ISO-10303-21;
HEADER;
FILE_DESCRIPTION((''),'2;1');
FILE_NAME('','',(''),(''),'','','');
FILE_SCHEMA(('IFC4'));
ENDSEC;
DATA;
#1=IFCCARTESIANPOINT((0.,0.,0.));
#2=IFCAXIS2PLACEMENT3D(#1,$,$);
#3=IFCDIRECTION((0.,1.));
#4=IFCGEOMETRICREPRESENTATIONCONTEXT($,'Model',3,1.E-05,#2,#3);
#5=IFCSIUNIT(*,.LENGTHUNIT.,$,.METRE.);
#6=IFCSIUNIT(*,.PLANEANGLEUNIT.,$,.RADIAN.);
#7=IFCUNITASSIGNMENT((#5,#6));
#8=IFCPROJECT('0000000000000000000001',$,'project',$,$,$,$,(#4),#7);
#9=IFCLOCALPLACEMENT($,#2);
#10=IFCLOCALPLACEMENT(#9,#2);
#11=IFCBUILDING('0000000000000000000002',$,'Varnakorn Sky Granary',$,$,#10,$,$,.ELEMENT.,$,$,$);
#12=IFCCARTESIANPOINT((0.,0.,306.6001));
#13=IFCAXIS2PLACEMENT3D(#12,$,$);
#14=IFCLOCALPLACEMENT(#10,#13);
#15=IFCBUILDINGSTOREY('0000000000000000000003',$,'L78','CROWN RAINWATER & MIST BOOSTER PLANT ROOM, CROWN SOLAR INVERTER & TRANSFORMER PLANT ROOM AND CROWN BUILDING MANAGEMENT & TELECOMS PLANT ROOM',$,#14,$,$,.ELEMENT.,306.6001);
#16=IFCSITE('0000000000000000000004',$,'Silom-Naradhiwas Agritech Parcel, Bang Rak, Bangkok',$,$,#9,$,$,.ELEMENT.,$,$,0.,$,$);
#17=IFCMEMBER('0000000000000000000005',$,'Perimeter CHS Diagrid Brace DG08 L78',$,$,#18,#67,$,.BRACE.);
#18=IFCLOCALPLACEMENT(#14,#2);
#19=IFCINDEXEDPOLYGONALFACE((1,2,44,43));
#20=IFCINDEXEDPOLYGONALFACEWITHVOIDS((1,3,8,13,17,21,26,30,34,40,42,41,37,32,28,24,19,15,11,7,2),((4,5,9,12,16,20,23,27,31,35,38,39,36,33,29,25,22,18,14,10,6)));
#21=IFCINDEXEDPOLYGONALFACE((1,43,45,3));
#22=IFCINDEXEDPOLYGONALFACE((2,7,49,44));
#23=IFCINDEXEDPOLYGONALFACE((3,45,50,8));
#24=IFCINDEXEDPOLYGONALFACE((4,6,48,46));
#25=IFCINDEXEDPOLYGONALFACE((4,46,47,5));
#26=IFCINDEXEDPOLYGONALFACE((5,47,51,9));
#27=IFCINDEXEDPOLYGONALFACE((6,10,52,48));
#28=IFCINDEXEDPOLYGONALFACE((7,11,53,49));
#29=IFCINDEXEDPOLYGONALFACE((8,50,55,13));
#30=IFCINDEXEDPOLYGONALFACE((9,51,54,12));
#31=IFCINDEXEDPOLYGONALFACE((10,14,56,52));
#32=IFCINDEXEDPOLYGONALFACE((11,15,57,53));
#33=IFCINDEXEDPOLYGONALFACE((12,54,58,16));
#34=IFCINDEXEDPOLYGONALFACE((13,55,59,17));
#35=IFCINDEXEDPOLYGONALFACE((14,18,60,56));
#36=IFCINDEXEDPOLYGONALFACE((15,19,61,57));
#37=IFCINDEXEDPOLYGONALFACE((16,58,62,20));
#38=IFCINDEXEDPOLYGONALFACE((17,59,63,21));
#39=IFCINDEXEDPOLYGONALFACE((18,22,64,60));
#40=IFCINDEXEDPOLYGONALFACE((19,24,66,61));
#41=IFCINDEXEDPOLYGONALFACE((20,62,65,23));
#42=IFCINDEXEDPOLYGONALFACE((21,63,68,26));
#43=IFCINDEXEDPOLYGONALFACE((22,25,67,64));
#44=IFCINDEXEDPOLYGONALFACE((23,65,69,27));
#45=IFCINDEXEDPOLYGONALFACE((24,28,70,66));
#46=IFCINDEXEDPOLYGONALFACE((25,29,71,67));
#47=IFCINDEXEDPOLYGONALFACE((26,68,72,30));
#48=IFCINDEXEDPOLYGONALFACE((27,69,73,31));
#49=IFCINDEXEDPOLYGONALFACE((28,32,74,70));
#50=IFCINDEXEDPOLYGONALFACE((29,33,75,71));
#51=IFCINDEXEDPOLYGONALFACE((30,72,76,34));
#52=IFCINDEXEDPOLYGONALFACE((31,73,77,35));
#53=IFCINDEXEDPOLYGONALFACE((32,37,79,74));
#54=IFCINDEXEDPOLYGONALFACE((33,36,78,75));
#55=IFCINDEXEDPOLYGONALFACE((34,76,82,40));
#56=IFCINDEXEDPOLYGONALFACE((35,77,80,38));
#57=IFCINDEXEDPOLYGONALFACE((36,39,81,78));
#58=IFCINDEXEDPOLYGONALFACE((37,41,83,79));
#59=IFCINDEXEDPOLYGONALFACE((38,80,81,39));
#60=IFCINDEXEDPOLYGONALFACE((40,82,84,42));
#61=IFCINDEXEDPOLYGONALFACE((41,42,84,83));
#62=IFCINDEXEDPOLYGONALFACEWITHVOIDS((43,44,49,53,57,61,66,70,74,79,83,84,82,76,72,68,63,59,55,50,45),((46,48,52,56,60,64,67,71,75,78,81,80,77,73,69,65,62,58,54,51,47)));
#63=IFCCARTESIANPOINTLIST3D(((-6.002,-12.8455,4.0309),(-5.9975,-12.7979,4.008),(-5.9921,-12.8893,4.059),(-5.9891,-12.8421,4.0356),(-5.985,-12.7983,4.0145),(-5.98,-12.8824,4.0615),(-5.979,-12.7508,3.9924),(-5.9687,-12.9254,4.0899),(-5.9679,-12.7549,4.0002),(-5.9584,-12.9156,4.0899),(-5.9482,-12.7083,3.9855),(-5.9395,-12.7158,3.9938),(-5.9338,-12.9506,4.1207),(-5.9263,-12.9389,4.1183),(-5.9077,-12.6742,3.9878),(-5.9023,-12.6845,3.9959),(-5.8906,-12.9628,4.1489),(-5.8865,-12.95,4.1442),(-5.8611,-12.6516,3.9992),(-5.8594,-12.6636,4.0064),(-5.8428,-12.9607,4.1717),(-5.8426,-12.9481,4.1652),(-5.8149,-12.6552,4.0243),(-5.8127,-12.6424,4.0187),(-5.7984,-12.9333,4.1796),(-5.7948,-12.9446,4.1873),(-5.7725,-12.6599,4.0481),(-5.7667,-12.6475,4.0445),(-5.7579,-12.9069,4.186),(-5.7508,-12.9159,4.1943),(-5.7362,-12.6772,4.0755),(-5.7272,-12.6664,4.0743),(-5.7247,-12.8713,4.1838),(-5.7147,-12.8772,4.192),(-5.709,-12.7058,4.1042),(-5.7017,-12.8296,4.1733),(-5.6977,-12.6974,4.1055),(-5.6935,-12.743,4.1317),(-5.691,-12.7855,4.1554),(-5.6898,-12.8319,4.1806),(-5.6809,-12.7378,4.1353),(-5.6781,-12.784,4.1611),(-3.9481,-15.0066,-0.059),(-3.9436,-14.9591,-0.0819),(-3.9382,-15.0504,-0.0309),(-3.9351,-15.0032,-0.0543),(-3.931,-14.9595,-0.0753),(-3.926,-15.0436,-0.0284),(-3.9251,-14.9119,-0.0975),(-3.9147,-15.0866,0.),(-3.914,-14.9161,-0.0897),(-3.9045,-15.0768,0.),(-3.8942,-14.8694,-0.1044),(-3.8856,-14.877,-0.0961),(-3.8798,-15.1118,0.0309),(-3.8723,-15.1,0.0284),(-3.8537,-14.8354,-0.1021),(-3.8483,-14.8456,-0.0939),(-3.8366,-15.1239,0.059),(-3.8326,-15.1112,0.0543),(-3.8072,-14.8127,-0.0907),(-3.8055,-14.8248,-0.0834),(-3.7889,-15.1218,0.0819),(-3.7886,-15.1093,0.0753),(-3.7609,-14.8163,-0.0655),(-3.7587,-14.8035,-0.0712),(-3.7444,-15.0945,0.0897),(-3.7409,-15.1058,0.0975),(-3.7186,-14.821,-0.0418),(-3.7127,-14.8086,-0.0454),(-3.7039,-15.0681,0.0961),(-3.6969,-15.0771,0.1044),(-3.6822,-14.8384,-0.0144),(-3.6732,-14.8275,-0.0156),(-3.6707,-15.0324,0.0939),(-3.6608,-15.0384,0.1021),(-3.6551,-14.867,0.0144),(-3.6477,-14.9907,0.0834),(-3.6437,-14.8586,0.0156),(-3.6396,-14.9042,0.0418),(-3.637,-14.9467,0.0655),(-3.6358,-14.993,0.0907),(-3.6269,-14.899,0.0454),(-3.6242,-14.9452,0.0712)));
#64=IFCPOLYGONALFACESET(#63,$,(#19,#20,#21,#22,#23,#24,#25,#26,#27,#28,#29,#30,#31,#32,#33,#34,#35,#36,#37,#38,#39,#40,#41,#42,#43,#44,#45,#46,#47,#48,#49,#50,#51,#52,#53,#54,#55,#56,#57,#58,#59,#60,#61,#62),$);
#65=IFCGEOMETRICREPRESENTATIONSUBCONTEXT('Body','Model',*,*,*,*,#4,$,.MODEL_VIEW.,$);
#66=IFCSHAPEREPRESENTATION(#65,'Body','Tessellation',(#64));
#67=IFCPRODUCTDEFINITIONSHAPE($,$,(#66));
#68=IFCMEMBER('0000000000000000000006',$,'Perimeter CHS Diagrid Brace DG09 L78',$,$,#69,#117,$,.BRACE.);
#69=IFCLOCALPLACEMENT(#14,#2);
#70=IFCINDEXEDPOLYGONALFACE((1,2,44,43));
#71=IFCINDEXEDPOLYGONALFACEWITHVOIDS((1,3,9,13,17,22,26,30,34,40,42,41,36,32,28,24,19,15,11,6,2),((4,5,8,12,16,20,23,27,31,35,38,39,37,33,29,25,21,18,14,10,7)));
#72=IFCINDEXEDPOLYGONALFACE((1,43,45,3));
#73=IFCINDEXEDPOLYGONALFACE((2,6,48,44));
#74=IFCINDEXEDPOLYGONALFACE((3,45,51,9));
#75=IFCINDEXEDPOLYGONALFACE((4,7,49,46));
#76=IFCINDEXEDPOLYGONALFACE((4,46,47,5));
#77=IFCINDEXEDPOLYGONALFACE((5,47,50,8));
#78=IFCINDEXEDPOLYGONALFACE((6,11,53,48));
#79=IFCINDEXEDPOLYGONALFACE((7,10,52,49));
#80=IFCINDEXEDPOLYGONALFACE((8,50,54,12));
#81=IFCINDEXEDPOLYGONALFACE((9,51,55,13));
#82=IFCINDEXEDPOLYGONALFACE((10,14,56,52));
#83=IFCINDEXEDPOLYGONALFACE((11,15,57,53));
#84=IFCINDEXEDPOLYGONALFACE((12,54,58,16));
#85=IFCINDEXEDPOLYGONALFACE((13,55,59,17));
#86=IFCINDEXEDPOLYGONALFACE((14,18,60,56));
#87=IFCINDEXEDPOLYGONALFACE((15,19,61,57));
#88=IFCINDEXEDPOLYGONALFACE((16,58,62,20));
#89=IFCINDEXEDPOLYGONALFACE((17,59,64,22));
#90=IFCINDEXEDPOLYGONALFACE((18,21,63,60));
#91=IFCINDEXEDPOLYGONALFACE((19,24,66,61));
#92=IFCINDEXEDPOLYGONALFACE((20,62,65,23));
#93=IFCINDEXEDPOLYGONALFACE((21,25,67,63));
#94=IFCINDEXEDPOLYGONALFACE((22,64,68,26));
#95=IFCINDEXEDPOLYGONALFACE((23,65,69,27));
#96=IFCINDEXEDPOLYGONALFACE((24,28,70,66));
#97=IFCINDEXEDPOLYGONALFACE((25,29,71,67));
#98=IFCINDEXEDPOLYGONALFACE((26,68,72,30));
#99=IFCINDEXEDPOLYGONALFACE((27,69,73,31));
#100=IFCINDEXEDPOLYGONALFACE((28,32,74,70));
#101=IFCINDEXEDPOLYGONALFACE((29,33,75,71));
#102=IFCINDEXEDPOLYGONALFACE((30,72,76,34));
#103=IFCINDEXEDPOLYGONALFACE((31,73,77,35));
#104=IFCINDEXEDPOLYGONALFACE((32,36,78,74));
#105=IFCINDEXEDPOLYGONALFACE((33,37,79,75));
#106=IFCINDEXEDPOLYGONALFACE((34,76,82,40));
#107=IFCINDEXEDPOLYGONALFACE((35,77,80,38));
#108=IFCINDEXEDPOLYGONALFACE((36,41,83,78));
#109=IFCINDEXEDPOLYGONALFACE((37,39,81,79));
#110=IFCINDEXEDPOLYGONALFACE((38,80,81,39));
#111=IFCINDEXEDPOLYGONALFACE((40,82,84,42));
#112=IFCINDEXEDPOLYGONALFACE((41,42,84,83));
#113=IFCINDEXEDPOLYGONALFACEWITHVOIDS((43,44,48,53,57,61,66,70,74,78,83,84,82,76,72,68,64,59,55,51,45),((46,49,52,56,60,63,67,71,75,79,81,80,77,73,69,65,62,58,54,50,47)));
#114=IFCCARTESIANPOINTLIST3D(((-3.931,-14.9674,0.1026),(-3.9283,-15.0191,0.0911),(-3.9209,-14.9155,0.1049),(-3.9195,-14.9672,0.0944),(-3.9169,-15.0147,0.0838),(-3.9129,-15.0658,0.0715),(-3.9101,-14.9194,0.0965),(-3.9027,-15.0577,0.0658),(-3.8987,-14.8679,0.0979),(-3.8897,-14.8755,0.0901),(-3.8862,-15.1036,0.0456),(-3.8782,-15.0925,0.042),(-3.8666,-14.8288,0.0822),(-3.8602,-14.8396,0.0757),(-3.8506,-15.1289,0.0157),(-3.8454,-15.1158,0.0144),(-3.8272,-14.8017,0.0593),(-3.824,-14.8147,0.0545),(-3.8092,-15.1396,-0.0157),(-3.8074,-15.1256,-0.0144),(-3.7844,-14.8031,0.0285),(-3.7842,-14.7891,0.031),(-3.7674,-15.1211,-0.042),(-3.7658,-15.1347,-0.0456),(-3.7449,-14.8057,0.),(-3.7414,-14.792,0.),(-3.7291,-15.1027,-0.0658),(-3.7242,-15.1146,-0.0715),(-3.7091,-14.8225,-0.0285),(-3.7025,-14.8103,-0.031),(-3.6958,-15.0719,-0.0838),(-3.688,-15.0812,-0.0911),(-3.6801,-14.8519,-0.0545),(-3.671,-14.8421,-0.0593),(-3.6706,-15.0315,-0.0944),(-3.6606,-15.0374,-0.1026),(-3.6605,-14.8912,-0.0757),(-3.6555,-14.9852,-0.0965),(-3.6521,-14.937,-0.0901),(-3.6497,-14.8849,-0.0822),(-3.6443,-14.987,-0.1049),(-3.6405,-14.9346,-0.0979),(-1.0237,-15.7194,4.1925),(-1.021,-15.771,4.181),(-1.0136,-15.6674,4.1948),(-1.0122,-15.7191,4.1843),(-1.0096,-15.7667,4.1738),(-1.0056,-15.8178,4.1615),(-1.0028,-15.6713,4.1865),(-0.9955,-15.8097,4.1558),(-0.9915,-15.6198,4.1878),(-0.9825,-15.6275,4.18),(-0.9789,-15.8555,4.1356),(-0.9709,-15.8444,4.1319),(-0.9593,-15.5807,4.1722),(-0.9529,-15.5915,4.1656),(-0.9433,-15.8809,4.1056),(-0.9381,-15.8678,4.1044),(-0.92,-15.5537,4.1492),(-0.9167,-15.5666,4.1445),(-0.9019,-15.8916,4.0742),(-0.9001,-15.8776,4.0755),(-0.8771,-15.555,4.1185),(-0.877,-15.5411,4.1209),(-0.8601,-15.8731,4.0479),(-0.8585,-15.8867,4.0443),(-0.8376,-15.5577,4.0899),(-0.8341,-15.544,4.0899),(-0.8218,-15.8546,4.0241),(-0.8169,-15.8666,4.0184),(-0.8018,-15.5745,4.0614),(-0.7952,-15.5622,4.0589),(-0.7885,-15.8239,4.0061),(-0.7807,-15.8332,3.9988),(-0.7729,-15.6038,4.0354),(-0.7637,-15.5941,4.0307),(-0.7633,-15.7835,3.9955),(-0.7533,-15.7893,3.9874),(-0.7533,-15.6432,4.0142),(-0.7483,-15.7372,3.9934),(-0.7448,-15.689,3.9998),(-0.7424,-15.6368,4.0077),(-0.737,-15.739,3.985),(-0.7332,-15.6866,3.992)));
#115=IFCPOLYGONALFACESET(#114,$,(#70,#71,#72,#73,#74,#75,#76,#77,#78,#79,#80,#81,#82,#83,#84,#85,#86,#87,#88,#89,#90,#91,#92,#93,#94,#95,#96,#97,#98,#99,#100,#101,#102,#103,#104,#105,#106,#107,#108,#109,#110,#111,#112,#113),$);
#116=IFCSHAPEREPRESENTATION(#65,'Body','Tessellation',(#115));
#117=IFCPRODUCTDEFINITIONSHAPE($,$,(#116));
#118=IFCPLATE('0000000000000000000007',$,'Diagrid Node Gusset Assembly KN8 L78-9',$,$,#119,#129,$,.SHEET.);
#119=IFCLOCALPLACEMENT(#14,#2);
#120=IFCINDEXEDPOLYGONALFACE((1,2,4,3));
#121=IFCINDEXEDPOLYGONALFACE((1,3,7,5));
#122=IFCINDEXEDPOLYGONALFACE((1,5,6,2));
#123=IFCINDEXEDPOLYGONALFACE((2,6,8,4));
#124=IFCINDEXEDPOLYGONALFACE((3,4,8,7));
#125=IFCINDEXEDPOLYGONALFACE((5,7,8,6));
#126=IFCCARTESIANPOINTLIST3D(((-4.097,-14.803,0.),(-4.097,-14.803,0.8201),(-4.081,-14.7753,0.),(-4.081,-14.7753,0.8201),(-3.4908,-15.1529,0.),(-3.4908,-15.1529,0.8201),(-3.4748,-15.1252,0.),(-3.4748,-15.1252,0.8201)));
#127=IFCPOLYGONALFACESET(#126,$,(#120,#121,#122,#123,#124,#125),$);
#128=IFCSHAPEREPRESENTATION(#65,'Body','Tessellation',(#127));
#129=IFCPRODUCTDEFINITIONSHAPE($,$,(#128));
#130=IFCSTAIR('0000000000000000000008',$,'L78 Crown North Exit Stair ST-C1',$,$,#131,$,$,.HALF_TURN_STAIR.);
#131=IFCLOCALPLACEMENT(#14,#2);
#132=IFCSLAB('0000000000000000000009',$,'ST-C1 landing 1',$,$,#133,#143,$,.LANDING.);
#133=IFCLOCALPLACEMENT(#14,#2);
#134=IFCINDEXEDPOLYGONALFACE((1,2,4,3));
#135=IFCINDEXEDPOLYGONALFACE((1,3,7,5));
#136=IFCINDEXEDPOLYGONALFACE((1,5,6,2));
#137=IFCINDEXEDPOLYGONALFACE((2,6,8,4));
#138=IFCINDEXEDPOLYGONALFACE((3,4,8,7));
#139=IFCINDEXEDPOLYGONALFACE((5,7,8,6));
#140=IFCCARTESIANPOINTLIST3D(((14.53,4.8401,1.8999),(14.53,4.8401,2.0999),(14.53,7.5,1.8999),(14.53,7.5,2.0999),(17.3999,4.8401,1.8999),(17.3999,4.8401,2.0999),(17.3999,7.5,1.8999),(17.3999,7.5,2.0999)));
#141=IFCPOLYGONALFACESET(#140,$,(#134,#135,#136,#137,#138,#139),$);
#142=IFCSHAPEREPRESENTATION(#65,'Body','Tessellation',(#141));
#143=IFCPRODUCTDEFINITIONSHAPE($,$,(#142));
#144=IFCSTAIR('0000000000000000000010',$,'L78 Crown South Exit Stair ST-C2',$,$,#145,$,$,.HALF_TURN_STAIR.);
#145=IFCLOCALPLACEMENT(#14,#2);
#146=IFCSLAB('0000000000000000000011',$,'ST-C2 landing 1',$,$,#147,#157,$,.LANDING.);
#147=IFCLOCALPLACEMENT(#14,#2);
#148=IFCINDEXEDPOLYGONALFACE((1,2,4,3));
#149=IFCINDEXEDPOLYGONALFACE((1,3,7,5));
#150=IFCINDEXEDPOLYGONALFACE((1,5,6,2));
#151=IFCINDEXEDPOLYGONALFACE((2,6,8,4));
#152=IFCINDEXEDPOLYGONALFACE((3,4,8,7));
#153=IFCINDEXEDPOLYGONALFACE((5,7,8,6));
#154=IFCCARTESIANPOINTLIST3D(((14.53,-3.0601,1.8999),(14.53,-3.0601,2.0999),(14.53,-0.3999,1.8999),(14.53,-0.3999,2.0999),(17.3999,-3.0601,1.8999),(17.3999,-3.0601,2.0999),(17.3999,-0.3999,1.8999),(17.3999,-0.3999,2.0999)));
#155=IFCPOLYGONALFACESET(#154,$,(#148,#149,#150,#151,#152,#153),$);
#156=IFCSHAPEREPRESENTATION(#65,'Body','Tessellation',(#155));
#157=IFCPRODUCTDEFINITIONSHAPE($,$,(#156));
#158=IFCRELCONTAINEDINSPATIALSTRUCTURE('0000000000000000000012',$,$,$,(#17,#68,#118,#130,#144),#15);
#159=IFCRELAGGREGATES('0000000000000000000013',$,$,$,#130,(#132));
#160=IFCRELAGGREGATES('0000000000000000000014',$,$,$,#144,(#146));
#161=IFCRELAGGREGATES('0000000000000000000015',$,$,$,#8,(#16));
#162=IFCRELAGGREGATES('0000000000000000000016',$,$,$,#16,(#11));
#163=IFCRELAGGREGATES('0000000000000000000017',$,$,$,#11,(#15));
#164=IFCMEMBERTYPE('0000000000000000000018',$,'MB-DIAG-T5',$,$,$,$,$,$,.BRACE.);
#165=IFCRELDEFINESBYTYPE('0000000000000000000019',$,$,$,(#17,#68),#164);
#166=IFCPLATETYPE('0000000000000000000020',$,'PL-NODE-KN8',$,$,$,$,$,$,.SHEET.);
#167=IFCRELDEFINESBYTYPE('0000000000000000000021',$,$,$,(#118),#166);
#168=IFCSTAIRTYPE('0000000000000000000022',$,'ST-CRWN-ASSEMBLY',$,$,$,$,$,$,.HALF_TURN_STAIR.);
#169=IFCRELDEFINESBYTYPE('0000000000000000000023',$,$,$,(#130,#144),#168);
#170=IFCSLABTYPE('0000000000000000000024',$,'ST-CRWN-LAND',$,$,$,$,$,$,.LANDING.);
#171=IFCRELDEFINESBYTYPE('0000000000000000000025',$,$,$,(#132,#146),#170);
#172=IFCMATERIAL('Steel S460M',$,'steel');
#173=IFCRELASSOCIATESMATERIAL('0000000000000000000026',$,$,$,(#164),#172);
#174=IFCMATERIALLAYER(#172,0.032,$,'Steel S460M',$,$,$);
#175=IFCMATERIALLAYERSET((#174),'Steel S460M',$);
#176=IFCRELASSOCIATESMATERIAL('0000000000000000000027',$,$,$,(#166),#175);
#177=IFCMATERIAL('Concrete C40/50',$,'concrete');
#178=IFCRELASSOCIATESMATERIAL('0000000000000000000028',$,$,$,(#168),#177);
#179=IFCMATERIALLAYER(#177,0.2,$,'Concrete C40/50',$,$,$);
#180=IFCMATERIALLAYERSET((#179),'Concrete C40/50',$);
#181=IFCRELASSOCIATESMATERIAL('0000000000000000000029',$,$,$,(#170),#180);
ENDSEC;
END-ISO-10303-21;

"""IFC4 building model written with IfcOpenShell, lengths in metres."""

from ifc_helpers import new_model, si_unit, direction, frame, origin, origin_2d, place, context, subcontext, project, spatial, polyline, rectangle, hollow_circle, outline, extrude, material, layer, layer_set, material_profile, profile_set, type_object, element, aggregate, save


model = new_model("IFC4")

# Units and contexts
model_context = context("Model", 3, precision=1e-05, world=origin(), true_north=direction((0.0, 1.0)))
body_context = subcontext(model_context, "Body", "Model", "MODEL_VIEW")
ifc_project = project(units=[si_unit("LENGTHUNIT", "METRE"), si_unit("PLANEANGLEUNIT", "RADIAN")], contexts=[model_context])

# Site, building, storey
site_placement = place(None, origin())
site = spatial("IfcSite", under=ifc_project, at=site_placement, Name="Silom-Naradhiwas Agritech Parcel, Bang Rak, Bangkok", CompositionType="ELEMENT", RefElevation=0.0)
building_placement = place(site_placement, origin())
building = spatial("IfcBuilding", under=site, at=building_placement, Name="Varnakorn Sky Granary", CompositionType="ELEMENT")
storey_placement = place(building_placement, frame((0.0, 0.0, 306.6001)))
storey = spatial("IfcBuildingStorey", under=building, at=storey_placement, Name="L78", Description="CROWN RAINWATER & MIST BOOSTER PLANT ROOM, CROWN SOLAR INVERTER & TRANSFORMER PLANT ROOM AND CROWN BUILDING MANAGEMENT & TELECOMS PLANT ROOM", CompositionType="ELEMENT", Elevation=306.6001)

# Members
ifc_material_1 = material(Name="Steel S460M", Category="steel")
ifc_material_profile_1 = material_profile(ifc_material_1, hollow_circle(Radius=0.1777, WallThickness=0.0142, at=origin_2d()), Name="CHS 355.6x14")
ifc_profile_set_1 = profile_set([ifc_material_profile_1], Name="Steel S460M")
member_type_1 = type_object("IfcMemberType", Name="MB-DIAG-T5", PredefinedType="BRACE", material=ifc_profile_set_1)
member_1_placement = place(storey_placement, frame((-3.7859, -14.9641, 0.0), z_axis=(-0.405821, 0.426998, 0.808073), x_axis=(-0.724852, -0.688904, 0.0)))
element("IfcMember", 1, at=member_1_placement, inside=storey, type_object=member_type_1, Name="Perimeter CHS Diagrid Brace DG08 L78", PredefinedType="BRACE", context=body_context, shape_type="SweptSolid", body=[
    extrude(hollow_circle(Radius=0.1777, WallThickness=0.0142, at=origin_2d()), origin(), (0.0, 0.0, 1.0), 5.0613),
])
member_2_placement = place(storey_placement, frame((-3.7859, -14.9641, 0.0), z_axis=(0.572979, -0.148201, 0.806059), x_axis=(0.250409, 0.96814, 0.0)))
element("IfcMember", 2, at=member_2_placement, inside=storey, type_object=member_type_1, Name="Perimeter CHS Diagrid Brace DG09 L78", PredefinedType="BRACE", context=body_context, shape_type="SweptSolid", body=[
    extrude(hollow_circle(Radius=0.1777, WallThickness=0.0142, at=origin_2d()), origin(), (0.0, 0.0, 1.0), 5.074),
])

# Plate
ifc_layer_1 = layer(ifc_material_1, 0.032, Name="Steel S460M")
ifc_layer_set_1 = layer_set([ifc_layer_1], Name="Steel S460M")
plate_type = type_object("IfcPlateType", Name="PL-NODE-KN8", PredefinedType="SHEET", material=ifc_layer_set_1)
plate_placement = place(storey_placement, frame((-3.7859, -14.9641, 0.0), z_axis=(0.0, 0.0, 1.0), x_axis=(0.866114, -0.499847, 0.0)))
element("IfcPlate", 3, at=plate_placement, inside=storey, type_object=plate_type, Name="Diagrid Node Gusset Assembly KN8 L78-9", PredefinedType="SHEET", context=body_context, shape_type="SweptSolid", body=[
    extrude(rectangle(XDim=0.7, YDim=0.032, at=origin_2d()), origin(), (0.0, 0.0, 1.0), 0.8201),
])

# Stairs, slabs
ifc_material_2 = material(Name="Concrete C40/50", Category="concrete")
stair_type = type_object("IfcStairType", Name="ST-CRWN-ASSEMBLY", PredefinedType="HALF_TURN_STAIR", material=ifc_material_2)
stair_1_placement = place(storey_placement, origin())
stair_1 = element("IfcStair", 4, at=stair_1_placement, inside=storey, type_object=stair_type, Name="L78 Crown North Exit Stair ST-C1", PredefinedType="HALF_TURN_STAIR")
ifc_layer_2 = layer(ifc_material_2, 0.2, Name="Concrete C40/50")
ifc_layer_set_2 = layer_set([ifc_layer_2], Name="Concrete C40/50")
slab_type_1 = type_object("IfcSlabType", Name="ST-CRWN-LAND", PredefinedType="LANDING", material=ifc_layer_set_2)
slab_1_placement = place(storey_placement, frame((0.0, 0.0, 1.8999)))
slab_1 = element("IfcSlab", 5, at=slab_1_placement, type_object=slab_type_1, Name="ST-C1 landing 1", PredefinedType="LANDING", context=body_context, shape_type="SweptSolid", body=[
    extrude(outline(polyline([(17.3999, 4.8401), (17.3999, 7.5), (14.53, 7.5), (14.53, 4.8401), (17.3999, 4.8401)])), origin(), (0.0, 0.0, 1.0), 0.2),
])
aggregate(stair_1, [slab_1])
stair_2_placement = place(storey_placement, origin())
stair_2 = element("IfcStair", 6, at=stair_2_placement, inside=storey, type_object=stair_type, Name="L78 Crown South Exit Stair ST-C2", PredefinedType="HALF_TURN_STAIR")
slab_2_placement = place(storey_placement, frame((0.0, 0.0, 1.8999)))
slab_2 = element("IfcSlab", 7, at=slab_2_placement, type_object=slab_type_1, Name="ST-C2 landing 1", PredefinedType="LANDING", context=body_context, shape_type="SweptSolid", body=[
    extrude(outline(polyline([(17.3999, -3.0601), (17.3999, -0.3999), (14.53, -0.3999), (14.53, -3.0601), (17.3999, -3.0601)])), origin(), (0.0, 0.0, 1.0), 0.2),
])
aggregate(stair_2, [slab_2])

save(model, "model.ifc")
